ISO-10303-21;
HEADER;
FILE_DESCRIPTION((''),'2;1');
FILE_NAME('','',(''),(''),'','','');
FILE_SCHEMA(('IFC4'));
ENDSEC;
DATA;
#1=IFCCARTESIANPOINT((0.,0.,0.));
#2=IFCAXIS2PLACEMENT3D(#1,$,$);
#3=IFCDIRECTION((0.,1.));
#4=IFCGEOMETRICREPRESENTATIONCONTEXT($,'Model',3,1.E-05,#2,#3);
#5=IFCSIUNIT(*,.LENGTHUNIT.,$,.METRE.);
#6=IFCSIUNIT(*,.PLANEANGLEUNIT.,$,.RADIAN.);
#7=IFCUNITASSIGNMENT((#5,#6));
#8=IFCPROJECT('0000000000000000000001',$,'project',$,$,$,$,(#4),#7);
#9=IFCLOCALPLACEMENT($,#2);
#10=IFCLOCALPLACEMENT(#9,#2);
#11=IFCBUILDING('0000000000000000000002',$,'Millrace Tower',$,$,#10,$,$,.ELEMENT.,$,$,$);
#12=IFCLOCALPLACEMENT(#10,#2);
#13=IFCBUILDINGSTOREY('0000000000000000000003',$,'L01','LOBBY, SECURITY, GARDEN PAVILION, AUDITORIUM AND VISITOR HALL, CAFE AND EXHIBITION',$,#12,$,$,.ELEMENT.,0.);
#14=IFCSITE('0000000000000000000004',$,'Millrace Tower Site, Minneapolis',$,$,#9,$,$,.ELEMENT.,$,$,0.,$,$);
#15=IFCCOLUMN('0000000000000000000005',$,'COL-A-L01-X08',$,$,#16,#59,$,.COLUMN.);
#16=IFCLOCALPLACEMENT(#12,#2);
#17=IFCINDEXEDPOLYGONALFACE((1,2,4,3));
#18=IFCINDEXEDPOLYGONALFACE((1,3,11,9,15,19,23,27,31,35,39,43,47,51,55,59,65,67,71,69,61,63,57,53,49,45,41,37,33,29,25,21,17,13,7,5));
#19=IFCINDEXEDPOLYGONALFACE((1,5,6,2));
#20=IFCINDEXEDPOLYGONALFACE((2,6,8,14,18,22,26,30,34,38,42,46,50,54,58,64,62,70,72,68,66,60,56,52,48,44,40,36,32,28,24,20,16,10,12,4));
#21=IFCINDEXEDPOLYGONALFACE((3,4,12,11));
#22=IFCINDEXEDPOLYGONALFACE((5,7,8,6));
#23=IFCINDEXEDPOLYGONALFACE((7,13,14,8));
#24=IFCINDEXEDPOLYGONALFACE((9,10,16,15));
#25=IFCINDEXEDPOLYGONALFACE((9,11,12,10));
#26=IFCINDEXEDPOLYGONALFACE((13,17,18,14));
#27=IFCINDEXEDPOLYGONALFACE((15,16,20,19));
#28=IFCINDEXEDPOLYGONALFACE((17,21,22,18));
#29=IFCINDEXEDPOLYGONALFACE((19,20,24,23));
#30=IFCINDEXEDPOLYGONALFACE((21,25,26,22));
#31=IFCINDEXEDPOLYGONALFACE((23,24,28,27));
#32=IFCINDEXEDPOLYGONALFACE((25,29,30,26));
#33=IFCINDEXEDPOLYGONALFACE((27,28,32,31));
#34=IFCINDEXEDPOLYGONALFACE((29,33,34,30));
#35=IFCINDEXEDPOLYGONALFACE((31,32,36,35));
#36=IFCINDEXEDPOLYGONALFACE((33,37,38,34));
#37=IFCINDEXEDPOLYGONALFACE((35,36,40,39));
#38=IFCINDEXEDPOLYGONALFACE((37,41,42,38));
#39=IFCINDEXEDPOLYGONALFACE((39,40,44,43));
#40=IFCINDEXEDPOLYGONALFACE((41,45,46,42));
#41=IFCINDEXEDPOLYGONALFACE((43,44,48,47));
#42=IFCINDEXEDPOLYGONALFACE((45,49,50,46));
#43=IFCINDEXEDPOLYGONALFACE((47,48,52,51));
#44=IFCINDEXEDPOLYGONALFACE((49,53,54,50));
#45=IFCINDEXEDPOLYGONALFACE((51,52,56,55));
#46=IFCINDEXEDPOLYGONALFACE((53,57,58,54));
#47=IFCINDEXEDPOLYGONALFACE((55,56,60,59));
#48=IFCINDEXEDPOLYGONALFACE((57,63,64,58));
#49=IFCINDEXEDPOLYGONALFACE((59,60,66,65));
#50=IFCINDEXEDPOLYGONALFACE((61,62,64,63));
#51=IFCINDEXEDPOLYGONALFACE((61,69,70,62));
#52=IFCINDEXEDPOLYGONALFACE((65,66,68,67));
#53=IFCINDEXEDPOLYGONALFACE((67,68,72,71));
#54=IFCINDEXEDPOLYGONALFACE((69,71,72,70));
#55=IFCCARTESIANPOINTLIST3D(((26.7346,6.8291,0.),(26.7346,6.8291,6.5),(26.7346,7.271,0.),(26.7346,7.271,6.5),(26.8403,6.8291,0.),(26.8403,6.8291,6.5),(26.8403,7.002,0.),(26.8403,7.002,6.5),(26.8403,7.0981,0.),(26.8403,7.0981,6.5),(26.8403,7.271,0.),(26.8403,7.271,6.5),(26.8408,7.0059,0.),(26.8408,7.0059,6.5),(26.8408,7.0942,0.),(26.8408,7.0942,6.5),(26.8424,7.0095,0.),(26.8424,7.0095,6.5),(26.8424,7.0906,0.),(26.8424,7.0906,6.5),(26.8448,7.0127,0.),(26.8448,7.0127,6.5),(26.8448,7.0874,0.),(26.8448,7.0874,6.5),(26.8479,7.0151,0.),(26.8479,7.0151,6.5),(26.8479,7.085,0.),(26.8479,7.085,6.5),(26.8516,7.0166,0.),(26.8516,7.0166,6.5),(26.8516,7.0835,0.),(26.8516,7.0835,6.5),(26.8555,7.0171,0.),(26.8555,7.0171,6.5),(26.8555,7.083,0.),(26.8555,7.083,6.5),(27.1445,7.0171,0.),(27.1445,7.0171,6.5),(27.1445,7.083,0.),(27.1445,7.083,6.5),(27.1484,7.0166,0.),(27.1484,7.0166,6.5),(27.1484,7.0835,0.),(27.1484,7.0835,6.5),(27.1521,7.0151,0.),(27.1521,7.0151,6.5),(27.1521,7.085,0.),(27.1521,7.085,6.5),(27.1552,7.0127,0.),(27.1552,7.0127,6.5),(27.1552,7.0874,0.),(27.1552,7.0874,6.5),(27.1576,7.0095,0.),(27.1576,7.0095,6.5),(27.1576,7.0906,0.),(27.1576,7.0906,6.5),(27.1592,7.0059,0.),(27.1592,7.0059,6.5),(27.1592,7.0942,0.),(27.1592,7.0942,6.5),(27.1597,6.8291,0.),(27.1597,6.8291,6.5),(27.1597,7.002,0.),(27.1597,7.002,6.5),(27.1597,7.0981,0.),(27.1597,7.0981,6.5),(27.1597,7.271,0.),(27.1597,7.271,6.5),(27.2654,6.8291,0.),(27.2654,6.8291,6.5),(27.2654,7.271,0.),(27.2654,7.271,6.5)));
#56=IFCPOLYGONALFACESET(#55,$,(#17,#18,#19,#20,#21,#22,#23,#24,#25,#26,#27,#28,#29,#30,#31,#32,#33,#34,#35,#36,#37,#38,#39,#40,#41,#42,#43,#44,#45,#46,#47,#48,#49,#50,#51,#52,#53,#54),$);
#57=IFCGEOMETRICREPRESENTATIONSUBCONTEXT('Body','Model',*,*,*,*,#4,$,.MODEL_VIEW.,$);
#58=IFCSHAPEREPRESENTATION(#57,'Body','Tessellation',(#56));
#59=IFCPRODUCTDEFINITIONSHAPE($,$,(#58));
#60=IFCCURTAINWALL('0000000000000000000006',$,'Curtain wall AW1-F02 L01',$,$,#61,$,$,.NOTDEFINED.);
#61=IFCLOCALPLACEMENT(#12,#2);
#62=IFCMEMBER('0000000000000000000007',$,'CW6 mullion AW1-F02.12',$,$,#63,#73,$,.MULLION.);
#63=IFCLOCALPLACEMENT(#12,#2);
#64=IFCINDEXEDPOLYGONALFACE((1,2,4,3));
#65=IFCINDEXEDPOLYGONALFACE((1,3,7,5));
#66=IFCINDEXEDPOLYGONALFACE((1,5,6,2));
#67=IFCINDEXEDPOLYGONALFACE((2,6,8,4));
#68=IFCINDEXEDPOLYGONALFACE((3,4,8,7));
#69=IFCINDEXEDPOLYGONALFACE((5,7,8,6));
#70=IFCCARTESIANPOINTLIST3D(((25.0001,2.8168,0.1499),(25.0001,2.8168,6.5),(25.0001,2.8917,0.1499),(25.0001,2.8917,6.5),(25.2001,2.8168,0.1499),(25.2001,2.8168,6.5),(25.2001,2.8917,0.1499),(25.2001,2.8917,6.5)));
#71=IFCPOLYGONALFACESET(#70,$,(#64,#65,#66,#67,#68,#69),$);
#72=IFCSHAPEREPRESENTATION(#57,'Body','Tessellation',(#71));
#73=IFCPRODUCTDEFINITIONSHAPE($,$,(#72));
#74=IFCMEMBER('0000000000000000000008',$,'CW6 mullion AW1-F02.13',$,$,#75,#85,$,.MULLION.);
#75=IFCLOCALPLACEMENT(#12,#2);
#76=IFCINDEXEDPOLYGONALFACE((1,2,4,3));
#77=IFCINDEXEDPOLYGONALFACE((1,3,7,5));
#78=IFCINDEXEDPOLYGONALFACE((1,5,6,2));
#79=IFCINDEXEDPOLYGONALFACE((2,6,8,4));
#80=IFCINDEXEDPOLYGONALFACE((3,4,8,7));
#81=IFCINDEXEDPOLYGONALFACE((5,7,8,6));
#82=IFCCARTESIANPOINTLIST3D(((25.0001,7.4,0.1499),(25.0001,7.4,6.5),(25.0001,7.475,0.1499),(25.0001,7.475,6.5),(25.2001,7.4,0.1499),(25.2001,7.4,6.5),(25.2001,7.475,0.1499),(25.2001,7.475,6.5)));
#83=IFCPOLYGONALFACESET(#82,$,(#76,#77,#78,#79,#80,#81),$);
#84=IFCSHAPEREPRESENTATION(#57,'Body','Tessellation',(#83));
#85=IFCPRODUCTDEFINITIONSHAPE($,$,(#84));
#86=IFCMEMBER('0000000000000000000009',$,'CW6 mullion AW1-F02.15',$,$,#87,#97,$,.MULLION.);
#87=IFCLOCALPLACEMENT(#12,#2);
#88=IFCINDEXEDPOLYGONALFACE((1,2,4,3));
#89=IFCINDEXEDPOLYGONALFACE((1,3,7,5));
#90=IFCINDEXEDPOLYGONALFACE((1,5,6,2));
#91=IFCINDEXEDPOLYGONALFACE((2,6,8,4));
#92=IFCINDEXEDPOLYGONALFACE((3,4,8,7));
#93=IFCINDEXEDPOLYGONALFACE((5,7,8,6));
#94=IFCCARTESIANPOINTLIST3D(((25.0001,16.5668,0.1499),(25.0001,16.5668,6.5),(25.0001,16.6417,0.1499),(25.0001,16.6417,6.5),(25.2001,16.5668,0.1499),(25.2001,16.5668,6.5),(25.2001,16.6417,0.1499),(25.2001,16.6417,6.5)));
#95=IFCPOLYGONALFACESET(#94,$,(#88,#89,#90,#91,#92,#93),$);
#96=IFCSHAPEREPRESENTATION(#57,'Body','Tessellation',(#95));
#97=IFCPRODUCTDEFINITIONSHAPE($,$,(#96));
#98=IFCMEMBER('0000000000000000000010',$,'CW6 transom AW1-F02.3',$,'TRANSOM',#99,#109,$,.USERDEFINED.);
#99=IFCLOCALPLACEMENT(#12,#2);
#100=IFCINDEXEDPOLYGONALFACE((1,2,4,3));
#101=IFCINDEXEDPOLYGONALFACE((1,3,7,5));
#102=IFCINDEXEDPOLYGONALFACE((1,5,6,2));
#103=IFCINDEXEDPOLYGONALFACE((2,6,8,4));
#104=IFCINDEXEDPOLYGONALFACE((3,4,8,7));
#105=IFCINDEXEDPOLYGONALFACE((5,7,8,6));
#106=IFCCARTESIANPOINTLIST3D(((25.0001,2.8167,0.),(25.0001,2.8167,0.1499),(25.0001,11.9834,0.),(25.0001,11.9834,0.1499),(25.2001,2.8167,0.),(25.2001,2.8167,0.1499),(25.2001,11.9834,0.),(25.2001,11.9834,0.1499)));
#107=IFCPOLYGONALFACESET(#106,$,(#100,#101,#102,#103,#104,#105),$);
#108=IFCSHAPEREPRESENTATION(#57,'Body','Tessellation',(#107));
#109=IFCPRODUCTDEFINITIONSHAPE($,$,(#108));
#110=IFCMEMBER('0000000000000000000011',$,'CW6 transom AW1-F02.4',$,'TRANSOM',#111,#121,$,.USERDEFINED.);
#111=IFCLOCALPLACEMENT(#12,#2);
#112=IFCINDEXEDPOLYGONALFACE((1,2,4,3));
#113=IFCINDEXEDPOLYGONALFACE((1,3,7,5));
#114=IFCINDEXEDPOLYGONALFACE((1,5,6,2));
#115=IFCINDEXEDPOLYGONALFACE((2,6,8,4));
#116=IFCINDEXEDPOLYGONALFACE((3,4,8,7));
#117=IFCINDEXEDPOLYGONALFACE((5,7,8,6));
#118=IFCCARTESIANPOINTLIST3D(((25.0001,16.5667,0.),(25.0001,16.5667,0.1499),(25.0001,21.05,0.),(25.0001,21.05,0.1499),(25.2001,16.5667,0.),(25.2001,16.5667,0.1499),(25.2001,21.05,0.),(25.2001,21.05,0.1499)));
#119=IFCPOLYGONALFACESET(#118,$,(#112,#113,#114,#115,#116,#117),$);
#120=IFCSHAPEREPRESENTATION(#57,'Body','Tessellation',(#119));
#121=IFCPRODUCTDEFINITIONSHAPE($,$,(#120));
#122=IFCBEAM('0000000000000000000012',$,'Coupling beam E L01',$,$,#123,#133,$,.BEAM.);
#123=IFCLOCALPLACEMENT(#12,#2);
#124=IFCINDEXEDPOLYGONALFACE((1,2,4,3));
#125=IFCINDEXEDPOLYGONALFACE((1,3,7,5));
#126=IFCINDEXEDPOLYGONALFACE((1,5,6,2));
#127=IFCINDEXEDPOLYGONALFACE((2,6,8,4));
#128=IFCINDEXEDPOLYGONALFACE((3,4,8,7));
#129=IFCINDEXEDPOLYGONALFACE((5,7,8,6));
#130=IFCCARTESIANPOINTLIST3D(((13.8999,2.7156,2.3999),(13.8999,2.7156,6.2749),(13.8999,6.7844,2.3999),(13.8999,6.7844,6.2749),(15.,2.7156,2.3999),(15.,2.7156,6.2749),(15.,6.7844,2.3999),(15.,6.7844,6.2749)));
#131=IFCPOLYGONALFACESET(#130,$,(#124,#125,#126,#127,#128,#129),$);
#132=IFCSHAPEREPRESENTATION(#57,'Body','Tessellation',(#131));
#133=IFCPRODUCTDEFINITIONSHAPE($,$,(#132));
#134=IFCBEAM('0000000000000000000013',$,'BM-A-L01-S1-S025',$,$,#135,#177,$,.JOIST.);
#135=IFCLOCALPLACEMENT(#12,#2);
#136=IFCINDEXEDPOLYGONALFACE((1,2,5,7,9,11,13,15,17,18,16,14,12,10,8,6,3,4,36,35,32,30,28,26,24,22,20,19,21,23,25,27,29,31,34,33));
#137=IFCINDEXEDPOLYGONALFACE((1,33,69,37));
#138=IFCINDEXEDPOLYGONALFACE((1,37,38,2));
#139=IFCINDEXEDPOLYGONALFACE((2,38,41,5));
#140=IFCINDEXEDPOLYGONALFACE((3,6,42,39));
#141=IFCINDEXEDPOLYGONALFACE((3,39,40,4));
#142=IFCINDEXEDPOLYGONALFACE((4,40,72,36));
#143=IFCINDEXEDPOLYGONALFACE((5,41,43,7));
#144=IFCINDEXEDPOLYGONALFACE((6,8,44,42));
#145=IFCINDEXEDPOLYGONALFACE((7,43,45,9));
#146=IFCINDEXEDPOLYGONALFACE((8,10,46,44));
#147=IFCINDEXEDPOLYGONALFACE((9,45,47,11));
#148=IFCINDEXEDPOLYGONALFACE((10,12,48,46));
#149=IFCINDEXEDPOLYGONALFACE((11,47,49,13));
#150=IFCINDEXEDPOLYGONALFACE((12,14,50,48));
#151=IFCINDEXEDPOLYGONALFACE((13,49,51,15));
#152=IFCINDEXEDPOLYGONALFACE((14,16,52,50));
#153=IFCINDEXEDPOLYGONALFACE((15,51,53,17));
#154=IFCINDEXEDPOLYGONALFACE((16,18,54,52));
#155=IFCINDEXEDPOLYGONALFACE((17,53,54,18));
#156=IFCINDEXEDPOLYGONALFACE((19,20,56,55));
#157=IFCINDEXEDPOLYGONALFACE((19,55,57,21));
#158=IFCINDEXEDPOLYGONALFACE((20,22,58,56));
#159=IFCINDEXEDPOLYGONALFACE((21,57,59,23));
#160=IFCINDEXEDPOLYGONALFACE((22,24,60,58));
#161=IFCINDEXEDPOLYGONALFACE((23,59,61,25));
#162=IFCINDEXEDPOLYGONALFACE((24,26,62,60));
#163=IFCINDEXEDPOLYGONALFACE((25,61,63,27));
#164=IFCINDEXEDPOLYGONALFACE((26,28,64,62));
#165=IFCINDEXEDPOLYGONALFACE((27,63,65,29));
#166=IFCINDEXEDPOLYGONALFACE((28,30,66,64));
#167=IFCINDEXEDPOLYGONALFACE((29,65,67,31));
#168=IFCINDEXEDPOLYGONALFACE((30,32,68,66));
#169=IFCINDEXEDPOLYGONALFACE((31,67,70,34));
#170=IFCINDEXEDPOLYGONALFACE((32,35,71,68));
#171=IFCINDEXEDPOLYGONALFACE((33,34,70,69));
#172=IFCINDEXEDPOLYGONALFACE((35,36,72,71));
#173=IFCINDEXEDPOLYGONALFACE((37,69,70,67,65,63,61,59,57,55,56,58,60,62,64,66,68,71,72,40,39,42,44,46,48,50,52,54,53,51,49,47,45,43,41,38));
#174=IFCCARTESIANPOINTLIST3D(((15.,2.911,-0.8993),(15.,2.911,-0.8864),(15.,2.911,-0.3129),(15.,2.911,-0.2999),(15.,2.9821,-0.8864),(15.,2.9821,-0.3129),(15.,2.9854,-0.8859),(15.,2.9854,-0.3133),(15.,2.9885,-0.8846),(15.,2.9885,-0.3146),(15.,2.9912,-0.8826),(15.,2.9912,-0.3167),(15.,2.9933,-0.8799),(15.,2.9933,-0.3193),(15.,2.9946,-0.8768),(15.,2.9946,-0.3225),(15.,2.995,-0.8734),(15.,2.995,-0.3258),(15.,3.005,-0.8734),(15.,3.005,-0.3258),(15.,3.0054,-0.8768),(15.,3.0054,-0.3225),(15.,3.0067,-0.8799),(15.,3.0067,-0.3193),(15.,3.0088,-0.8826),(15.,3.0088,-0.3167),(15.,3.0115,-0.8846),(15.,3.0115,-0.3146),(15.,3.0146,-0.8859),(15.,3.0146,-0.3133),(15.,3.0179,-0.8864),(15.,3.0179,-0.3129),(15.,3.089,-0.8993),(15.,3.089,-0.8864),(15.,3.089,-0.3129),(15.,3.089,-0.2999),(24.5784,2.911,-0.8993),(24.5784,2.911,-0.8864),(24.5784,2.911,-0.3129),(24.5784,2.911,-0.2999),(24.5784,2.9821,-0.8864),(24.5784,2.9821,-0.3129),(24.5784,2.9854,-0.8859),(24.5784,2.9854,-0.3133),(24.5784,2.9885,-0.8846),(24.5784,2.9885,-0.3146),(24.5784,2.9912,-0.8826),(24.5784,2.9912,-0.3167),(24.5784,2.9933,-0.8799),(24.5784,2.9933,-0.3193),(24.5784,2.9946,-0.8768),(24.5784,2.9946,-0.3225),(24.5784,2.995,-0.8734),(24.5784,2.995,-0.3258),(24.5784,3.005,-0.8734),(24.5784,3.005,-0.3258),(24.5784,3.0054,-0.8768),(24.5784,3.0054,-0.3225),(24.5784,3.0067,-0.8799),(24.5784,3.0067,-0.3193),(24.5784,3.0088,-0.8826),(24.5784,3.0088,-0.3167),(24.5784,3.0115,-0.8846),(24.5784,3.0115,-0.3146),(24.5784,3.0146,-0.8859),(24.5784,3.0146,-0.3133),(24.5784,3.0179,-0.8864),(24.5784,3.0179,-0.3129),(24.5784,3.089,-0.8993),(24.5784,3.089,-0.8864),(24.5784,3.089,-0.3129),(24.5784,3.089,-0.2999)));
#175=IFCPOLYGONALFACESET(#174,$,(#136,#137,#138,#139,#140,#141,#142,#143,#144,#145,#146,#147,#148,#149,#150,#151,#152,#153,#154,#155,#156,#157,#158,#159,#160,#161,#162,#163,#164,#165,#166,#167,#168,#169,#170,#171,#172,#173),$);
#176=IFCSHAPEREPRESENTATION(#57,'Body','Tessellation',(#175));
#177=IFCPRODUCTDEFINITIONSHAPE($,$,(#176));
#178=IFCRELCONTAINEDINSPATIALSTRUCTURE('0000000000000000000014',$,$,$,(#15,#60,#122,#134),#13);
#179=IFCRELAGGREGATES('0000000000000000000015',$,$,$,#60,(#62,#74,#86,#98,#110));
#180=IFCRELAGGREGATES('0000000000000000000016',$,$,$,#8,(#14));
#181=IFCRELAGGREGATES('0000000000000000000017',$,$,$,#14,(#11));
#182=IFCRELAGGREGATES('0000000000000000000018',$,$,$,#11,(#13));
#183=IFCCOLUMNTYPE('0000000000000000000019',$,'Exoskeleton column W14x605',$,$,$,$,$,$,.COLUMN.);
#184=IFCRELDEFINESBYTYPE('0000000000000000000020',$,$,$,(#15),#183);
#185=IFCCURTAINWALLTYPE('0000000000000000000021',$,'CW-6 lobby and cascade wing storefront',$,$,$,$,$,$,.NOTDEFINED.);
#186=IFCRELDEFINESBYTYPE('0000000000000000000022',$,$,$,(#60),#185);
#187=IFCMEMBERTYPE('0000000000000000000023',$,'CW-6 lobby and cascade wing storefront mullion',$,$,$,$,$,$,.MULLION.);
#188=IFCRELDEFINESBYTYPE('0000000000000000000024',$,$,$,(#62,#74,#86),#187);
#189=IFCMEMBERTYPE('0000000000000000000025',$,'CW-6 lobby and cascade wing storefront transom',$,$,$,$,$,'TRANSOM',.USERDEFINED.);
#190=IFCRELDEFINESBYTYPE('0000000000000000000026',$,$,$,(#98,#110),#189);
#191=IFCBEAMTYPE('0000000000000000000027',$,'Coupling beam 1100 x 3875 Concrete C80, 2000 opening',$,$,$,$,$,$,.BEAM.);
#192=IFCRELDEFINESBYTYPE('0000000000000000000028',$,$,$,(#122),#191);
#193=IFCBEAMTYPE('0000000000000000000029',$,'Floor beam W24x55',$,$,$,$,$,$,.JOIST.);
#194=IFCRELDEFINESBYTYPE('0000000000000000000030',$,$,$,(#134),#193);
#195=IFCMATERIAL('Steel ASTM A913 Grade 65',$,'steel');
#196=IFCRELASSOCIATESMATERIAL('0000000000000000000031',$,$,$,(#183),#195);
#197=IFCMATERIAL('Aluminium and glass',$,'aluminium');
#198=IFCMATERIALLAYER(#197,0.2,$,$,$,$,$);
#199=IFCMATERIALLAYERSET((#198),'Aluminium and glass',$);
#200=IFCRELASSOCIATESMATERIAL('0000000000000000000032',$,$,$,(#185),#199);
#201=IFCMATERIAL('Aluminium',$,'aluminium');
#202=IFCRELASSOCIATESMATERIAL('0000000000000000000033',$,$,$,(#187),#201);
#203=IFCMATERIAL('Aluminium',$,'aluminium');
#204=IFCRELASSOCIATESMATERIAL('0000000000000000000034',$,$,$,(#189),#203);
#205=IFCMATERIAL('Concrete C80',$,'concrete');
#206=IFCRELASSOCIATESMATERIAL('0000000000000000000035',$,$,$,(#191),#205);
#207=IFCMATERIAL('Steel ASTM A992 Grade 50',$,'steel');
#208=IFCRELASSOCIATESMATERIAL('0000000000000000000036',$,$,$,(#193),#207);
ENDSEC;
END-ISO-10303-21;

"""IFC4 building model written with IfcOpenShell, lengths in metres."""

from ifc_helpers import new_model, si_unit, direction, frame, origin, origin_2d, place, context, subcontext, project, spatial, rectangle, i_section, extrude, material, layer, layer_set, material_profile, profile_set, type_object, element, aggregate, save


model = new_model("IFC4")

# Units and contexts
model_context = context("Model", 3, precision=1e-05, world=origin(), true_north=direction((0.0, 1.0)))
body_context = subcontext(model_context, "Body", "Model", "MODEL_VIEW")
ifc_project = project(units=[si_unit("LENGTHUNIT", "METRE"), si_unit("PLANEANGLEUNIT", "RADIAN")], contexts=[model_context])

# Site, building, storey
site_placement = place(None, origin())
site = spatial("IfcSite", under=ifc_project, at=site_placement, Name="Millrace Tower Site, Minneapolis", CompositionType="ELEMENT", RefElevation=0.0)
building_placement = place(site_placement, origin())
building = spatial("IfcBuilding", under=site, at=building_placement, Name="Millrace Tower", CompositionType="ELEMENT")
storey_placement = place(building_placement, origin())
storey = spatial("IfcBuildingStorey", under=building, at=storey_placement, Name="L01", Description="LOBBY, SECURITY, GARDEN PAVILION, AUDITORIUM AND VISITOR HALL, CAFE AND EXHIBITION", CompositionType="ELEMENT", Elevation=0.0)

# Column
ifc_material_1 = material(Name="Steel ASTM A913 Grade 65", Category="steel")
ifc_material_profile_1 = material_profile(ifc_material_1, i_section(OverallWidth=0.4419, OverallDepth=0.5308, WebThickness=0.0659, FlangeThickness=0.1057, FilletRadius=0.0151, at=origin_2d()))
ifc_profile_set_1 = profile_set([ifc_material_profile_1], Name="Steel ASTM A913 Grade 65")
column_type = type_object("IfcColumnType", Name="Exoskeleton column W14x605", PredefinedType="COLUMN", material=ifc_profile_set_1)
column_placement = place(storey_placement, frame((27.0, 7.05, 0.0), z_axis=(0.0, 0.0, 1.0), x_axis=(0.0, 1.0, 0.0)))
element("IfcColumn", 1, at=column_placement, inside=storey, type_object=column_type, Name="COL-A-L01-X08", PredefinedType="COLUMN", context=body_context, shape_type="SweptSolid", body=[
    extrude(i_section(OverallWidth=0.4419, OverallDepth=0.5308, WebThickness=0.0659, FlangeThickness=0.1057, FilletRadius=0.0151, at=origin_2d()), origin(), (0.0, 0.0, 1.0), 6.5),
])

# Curtain wall, members
ifc_material_2 = material(Name="Aluminium and glass", Category="aluminium")
ifc_layer_1 = layer(ifc_material_2, 0.2)
ifc_layer_set_1 = layer_set([ifc_layer_1], Name="Aluminium and glass")
curtain_wall_type = type_object("IfcCurtainWallType", Name="CW-6 lobby and cascade wing storefront", PredefinedType="NOTDEFINED", material=ifc_layer_set_1)
curtain_wall_placement = place(storey_placement, origin())
curtain_wall = element("IfcCurtainWall", 2, at=curtain_wall_placement, inside=storey, type_object=curtain_wall_type, Name="Curtain wall AW1-F02 L01", PredefinedType="NOTDEFINED")
ifc_material_3 = material(Name="Aluminium", Category="aluminium")
ifc_material_profile_2 = material_profile(ifc_material_3, rectangle(XDim=0.075, YDim=0.2, at=origin_2d()))
ifc_profile_set_2 = profile_set([ifc_material_profile_2], Name="Aluminium")
member_type_1 = type_object("IfcMemberType", Name="CW-6 lobby and cascade wing storefront mullion", PredefinedType="MULLION", material=ifc_profile_set_2)
member_1_placement = place(storey_placement, frame((25.1001, 2.8542, 0.1499), z_axis=(0.0, 0.0, 1.0), x_axis=(0.0, 1.0, 0.0)))
member_1 = element("IfcMember", 3, at=member_1_placement, type_object=member_type_1, Name="CW6 mullion AW1-F02.12", PredefinedType="MULLION", context=body_context, shape_type="SweptSolid", body=[
    extrude(rectangle(XDim=0.075, YDim=0.2, at=origin_2d()), origin(), (0.0, 0.0, 1.0), 6.3501),
])
member_2_placement = place(storey_placement, frame((25.1001, 7.4375, 0.1499), z_axis=(0.0, 0.0, 1.0), x_axis=(0.0, 1.0, 0.0)))
member_2 = element("IfcMember", 4, at=member_2_placement, type_object=member_type_1, Name="CW6 mullion AW1-F02.13", PredefinedType="MULLION", context=body_context, shape_type="SweptSolid", body=[
    extrude(rectangle(XDim=0.075, YDim=0.2, at=origin_2d()), origin(), (0.0, 0.0, 1.0), 6.3501),
])
member_3_placement = place(storey_placement, frame((25.1001, 16.6042, 0.1499), z_axis=(0.0, 0.0, 1.0), x_axis=(0.0, 1.0, 0.0)))
member_3 = element("IfcMember", 5, at=member_3_placement, type_object=member_type_1, Name="CW6 mullion AW1-F02.15", PredefinedType="MULLION", context=body_context, shape_type="SweptSolid", body=[
    extrude(rectangle(XDim=0.075, YDim=0.2, at=origin_2d()), origin(), (0.0, 0.0, 1.0), 6.3501),
])
ifc_material_4 = material(Name="Aluminium", Category="aluminium")
ifc_material_profile_3 = material_profile(ifc_material_4, rectangle(XDim=0.2, YDim=0.1499, at=origin_2d()))
ifc_profile_set_3 = profile_set([ifc_material_profile_3], Name="Aluminium")
member_type_2 = type_object("IfcMemberType", Name="CW-6 lobby and cascade wing storefront transom", ElementType="TRANSOM", PredefinedType="USERDEFINED", material=ifc_profile_set_3)
member_4_placement = place(storey_placement, frame((25.1001, 2.8167, 0.075), z_axis=(0.0, 1.0, 0.0), x_axis=(-1.0, 0.0, 0.0)))
member_4 = element("IfcMember", 6, at=member_4_placement, type_object=member_type_2, Name="CW6 transom AW1-F02.3", ObjectType="TRANSOM", PredefinedType="USERDEFINED", context=body_context, shape_type="SweptSolid", body=[
    extrude(rectangle(XDim=0.2, YDim=0.1499, at=origin_2d()), origin(), (0.0, 0.0, 1.0), 9.1667),
])
member_5_placement = place(storey_placement, frame((25.1001, 16.5667, 0.075), z_axis=(0.0, 1.0, 0.0), x_axis=(-1.0, 0.0, 0.0)))
member_5 = element("IfcMember", 7, at=member_5_placement, type_object=member_type_2, Name="CW6 transom AW1-F02.4", ObjectType="TRANSOM", PredefinedType="USERDEFINED", context=body_context, shape_type="SweptSolid", body=[
    extrude(rectangle(XDim=0.2, YDim=0.1499, at=origin_2d()), origin(), (0.0, 0.0, 1.0), 4.4834),
])
aggregate(curtain_wall, [member_1, member_2, member_3, member_4, member_5])

# Beams
ifc_material_5 = material(Name="Concrete C80", Category="concrete")
ifc_material_profile_4 = material_profile(ifc_material_5, rectangle(XDim=1.1001, YDim=3.875, at=origin_2d()))
ifc_profile_set_4 = profile_set([ifc_material_profile_4], Name="Concrete C80")
beam_type_1 = type_object("IfcBeamType", Name="Coupling beam 1100 x 3875 Concrete C80, 2000 opening", PredefinedType="BEAM", material=ifc_profile_set_4)
beam_1_placement = place(storey_placement, frame((14.45, 6.7844, 4.3374), z_axis=(0.0, -1.0, 0.0), x_axis=(1.0, 0.0, 0.0)))
element("IfcBeam", 8, at=beam_1_placement, inside=storey, type_object=beam_type_1, Name="Coupling beam E L01", PredefinedType="BEAM", context=body_context, shape_type="SweptSolid", body=[
    extrude(rectangle(XDim=1.1001, YDim=3.875, at=origin_2d()), origin(), (0.0, 0.0, 1.0), 4.0688),
])
ifc_material_6 = material(Name="Steel ASTM A992 Grade 50", Category="steel")
ifc_material_profile_5 = material_profile(ifc_material_6, i_section(OverallWidth=0.178, OverallDepth=0.5994, WebThickness=0.01, FlangeThickness=0.0129, FilletRadius=0.0129, at=origin_2d()))
ifc_profile_set_5 = profile_set([ifc_material_profile_5], Name="Steel ASTM A992 Grade 50")
beam_type_2 = type_object("IfcBeamType", Name="Floor beam W24x55", PredefinedType="JOIST", material=ifc_profile_set_5)
for number, where, z_axis, x_axis, name in (
    (9, (15.0, 3.0, -0.5996), (1.0, 0.0, 0.0), (0.0, 1.0, 0.0), "BM-A-L01-S1-S025"),
):
    element("IfcBeam", number, at=place(storey_placement, frame(where, z_axis=z_axis, x_axis=x_axis)), inside=storey, type_object=beam_type_2, Name=name, PredefinedType="JOIST", context=body_context, shape_type="SweptSolid", body=[
        extrude(i_section(OverallWidth=0.178, OverallDepth=0.5994, WebThickness=0.01, FlangeThickness=0.0129, FilletRadius=0.0129, at=origin_2d()), origin(), (0.0, 0.0, 1.0), 9.5784),
    ])

save(model, "model.ifc")
